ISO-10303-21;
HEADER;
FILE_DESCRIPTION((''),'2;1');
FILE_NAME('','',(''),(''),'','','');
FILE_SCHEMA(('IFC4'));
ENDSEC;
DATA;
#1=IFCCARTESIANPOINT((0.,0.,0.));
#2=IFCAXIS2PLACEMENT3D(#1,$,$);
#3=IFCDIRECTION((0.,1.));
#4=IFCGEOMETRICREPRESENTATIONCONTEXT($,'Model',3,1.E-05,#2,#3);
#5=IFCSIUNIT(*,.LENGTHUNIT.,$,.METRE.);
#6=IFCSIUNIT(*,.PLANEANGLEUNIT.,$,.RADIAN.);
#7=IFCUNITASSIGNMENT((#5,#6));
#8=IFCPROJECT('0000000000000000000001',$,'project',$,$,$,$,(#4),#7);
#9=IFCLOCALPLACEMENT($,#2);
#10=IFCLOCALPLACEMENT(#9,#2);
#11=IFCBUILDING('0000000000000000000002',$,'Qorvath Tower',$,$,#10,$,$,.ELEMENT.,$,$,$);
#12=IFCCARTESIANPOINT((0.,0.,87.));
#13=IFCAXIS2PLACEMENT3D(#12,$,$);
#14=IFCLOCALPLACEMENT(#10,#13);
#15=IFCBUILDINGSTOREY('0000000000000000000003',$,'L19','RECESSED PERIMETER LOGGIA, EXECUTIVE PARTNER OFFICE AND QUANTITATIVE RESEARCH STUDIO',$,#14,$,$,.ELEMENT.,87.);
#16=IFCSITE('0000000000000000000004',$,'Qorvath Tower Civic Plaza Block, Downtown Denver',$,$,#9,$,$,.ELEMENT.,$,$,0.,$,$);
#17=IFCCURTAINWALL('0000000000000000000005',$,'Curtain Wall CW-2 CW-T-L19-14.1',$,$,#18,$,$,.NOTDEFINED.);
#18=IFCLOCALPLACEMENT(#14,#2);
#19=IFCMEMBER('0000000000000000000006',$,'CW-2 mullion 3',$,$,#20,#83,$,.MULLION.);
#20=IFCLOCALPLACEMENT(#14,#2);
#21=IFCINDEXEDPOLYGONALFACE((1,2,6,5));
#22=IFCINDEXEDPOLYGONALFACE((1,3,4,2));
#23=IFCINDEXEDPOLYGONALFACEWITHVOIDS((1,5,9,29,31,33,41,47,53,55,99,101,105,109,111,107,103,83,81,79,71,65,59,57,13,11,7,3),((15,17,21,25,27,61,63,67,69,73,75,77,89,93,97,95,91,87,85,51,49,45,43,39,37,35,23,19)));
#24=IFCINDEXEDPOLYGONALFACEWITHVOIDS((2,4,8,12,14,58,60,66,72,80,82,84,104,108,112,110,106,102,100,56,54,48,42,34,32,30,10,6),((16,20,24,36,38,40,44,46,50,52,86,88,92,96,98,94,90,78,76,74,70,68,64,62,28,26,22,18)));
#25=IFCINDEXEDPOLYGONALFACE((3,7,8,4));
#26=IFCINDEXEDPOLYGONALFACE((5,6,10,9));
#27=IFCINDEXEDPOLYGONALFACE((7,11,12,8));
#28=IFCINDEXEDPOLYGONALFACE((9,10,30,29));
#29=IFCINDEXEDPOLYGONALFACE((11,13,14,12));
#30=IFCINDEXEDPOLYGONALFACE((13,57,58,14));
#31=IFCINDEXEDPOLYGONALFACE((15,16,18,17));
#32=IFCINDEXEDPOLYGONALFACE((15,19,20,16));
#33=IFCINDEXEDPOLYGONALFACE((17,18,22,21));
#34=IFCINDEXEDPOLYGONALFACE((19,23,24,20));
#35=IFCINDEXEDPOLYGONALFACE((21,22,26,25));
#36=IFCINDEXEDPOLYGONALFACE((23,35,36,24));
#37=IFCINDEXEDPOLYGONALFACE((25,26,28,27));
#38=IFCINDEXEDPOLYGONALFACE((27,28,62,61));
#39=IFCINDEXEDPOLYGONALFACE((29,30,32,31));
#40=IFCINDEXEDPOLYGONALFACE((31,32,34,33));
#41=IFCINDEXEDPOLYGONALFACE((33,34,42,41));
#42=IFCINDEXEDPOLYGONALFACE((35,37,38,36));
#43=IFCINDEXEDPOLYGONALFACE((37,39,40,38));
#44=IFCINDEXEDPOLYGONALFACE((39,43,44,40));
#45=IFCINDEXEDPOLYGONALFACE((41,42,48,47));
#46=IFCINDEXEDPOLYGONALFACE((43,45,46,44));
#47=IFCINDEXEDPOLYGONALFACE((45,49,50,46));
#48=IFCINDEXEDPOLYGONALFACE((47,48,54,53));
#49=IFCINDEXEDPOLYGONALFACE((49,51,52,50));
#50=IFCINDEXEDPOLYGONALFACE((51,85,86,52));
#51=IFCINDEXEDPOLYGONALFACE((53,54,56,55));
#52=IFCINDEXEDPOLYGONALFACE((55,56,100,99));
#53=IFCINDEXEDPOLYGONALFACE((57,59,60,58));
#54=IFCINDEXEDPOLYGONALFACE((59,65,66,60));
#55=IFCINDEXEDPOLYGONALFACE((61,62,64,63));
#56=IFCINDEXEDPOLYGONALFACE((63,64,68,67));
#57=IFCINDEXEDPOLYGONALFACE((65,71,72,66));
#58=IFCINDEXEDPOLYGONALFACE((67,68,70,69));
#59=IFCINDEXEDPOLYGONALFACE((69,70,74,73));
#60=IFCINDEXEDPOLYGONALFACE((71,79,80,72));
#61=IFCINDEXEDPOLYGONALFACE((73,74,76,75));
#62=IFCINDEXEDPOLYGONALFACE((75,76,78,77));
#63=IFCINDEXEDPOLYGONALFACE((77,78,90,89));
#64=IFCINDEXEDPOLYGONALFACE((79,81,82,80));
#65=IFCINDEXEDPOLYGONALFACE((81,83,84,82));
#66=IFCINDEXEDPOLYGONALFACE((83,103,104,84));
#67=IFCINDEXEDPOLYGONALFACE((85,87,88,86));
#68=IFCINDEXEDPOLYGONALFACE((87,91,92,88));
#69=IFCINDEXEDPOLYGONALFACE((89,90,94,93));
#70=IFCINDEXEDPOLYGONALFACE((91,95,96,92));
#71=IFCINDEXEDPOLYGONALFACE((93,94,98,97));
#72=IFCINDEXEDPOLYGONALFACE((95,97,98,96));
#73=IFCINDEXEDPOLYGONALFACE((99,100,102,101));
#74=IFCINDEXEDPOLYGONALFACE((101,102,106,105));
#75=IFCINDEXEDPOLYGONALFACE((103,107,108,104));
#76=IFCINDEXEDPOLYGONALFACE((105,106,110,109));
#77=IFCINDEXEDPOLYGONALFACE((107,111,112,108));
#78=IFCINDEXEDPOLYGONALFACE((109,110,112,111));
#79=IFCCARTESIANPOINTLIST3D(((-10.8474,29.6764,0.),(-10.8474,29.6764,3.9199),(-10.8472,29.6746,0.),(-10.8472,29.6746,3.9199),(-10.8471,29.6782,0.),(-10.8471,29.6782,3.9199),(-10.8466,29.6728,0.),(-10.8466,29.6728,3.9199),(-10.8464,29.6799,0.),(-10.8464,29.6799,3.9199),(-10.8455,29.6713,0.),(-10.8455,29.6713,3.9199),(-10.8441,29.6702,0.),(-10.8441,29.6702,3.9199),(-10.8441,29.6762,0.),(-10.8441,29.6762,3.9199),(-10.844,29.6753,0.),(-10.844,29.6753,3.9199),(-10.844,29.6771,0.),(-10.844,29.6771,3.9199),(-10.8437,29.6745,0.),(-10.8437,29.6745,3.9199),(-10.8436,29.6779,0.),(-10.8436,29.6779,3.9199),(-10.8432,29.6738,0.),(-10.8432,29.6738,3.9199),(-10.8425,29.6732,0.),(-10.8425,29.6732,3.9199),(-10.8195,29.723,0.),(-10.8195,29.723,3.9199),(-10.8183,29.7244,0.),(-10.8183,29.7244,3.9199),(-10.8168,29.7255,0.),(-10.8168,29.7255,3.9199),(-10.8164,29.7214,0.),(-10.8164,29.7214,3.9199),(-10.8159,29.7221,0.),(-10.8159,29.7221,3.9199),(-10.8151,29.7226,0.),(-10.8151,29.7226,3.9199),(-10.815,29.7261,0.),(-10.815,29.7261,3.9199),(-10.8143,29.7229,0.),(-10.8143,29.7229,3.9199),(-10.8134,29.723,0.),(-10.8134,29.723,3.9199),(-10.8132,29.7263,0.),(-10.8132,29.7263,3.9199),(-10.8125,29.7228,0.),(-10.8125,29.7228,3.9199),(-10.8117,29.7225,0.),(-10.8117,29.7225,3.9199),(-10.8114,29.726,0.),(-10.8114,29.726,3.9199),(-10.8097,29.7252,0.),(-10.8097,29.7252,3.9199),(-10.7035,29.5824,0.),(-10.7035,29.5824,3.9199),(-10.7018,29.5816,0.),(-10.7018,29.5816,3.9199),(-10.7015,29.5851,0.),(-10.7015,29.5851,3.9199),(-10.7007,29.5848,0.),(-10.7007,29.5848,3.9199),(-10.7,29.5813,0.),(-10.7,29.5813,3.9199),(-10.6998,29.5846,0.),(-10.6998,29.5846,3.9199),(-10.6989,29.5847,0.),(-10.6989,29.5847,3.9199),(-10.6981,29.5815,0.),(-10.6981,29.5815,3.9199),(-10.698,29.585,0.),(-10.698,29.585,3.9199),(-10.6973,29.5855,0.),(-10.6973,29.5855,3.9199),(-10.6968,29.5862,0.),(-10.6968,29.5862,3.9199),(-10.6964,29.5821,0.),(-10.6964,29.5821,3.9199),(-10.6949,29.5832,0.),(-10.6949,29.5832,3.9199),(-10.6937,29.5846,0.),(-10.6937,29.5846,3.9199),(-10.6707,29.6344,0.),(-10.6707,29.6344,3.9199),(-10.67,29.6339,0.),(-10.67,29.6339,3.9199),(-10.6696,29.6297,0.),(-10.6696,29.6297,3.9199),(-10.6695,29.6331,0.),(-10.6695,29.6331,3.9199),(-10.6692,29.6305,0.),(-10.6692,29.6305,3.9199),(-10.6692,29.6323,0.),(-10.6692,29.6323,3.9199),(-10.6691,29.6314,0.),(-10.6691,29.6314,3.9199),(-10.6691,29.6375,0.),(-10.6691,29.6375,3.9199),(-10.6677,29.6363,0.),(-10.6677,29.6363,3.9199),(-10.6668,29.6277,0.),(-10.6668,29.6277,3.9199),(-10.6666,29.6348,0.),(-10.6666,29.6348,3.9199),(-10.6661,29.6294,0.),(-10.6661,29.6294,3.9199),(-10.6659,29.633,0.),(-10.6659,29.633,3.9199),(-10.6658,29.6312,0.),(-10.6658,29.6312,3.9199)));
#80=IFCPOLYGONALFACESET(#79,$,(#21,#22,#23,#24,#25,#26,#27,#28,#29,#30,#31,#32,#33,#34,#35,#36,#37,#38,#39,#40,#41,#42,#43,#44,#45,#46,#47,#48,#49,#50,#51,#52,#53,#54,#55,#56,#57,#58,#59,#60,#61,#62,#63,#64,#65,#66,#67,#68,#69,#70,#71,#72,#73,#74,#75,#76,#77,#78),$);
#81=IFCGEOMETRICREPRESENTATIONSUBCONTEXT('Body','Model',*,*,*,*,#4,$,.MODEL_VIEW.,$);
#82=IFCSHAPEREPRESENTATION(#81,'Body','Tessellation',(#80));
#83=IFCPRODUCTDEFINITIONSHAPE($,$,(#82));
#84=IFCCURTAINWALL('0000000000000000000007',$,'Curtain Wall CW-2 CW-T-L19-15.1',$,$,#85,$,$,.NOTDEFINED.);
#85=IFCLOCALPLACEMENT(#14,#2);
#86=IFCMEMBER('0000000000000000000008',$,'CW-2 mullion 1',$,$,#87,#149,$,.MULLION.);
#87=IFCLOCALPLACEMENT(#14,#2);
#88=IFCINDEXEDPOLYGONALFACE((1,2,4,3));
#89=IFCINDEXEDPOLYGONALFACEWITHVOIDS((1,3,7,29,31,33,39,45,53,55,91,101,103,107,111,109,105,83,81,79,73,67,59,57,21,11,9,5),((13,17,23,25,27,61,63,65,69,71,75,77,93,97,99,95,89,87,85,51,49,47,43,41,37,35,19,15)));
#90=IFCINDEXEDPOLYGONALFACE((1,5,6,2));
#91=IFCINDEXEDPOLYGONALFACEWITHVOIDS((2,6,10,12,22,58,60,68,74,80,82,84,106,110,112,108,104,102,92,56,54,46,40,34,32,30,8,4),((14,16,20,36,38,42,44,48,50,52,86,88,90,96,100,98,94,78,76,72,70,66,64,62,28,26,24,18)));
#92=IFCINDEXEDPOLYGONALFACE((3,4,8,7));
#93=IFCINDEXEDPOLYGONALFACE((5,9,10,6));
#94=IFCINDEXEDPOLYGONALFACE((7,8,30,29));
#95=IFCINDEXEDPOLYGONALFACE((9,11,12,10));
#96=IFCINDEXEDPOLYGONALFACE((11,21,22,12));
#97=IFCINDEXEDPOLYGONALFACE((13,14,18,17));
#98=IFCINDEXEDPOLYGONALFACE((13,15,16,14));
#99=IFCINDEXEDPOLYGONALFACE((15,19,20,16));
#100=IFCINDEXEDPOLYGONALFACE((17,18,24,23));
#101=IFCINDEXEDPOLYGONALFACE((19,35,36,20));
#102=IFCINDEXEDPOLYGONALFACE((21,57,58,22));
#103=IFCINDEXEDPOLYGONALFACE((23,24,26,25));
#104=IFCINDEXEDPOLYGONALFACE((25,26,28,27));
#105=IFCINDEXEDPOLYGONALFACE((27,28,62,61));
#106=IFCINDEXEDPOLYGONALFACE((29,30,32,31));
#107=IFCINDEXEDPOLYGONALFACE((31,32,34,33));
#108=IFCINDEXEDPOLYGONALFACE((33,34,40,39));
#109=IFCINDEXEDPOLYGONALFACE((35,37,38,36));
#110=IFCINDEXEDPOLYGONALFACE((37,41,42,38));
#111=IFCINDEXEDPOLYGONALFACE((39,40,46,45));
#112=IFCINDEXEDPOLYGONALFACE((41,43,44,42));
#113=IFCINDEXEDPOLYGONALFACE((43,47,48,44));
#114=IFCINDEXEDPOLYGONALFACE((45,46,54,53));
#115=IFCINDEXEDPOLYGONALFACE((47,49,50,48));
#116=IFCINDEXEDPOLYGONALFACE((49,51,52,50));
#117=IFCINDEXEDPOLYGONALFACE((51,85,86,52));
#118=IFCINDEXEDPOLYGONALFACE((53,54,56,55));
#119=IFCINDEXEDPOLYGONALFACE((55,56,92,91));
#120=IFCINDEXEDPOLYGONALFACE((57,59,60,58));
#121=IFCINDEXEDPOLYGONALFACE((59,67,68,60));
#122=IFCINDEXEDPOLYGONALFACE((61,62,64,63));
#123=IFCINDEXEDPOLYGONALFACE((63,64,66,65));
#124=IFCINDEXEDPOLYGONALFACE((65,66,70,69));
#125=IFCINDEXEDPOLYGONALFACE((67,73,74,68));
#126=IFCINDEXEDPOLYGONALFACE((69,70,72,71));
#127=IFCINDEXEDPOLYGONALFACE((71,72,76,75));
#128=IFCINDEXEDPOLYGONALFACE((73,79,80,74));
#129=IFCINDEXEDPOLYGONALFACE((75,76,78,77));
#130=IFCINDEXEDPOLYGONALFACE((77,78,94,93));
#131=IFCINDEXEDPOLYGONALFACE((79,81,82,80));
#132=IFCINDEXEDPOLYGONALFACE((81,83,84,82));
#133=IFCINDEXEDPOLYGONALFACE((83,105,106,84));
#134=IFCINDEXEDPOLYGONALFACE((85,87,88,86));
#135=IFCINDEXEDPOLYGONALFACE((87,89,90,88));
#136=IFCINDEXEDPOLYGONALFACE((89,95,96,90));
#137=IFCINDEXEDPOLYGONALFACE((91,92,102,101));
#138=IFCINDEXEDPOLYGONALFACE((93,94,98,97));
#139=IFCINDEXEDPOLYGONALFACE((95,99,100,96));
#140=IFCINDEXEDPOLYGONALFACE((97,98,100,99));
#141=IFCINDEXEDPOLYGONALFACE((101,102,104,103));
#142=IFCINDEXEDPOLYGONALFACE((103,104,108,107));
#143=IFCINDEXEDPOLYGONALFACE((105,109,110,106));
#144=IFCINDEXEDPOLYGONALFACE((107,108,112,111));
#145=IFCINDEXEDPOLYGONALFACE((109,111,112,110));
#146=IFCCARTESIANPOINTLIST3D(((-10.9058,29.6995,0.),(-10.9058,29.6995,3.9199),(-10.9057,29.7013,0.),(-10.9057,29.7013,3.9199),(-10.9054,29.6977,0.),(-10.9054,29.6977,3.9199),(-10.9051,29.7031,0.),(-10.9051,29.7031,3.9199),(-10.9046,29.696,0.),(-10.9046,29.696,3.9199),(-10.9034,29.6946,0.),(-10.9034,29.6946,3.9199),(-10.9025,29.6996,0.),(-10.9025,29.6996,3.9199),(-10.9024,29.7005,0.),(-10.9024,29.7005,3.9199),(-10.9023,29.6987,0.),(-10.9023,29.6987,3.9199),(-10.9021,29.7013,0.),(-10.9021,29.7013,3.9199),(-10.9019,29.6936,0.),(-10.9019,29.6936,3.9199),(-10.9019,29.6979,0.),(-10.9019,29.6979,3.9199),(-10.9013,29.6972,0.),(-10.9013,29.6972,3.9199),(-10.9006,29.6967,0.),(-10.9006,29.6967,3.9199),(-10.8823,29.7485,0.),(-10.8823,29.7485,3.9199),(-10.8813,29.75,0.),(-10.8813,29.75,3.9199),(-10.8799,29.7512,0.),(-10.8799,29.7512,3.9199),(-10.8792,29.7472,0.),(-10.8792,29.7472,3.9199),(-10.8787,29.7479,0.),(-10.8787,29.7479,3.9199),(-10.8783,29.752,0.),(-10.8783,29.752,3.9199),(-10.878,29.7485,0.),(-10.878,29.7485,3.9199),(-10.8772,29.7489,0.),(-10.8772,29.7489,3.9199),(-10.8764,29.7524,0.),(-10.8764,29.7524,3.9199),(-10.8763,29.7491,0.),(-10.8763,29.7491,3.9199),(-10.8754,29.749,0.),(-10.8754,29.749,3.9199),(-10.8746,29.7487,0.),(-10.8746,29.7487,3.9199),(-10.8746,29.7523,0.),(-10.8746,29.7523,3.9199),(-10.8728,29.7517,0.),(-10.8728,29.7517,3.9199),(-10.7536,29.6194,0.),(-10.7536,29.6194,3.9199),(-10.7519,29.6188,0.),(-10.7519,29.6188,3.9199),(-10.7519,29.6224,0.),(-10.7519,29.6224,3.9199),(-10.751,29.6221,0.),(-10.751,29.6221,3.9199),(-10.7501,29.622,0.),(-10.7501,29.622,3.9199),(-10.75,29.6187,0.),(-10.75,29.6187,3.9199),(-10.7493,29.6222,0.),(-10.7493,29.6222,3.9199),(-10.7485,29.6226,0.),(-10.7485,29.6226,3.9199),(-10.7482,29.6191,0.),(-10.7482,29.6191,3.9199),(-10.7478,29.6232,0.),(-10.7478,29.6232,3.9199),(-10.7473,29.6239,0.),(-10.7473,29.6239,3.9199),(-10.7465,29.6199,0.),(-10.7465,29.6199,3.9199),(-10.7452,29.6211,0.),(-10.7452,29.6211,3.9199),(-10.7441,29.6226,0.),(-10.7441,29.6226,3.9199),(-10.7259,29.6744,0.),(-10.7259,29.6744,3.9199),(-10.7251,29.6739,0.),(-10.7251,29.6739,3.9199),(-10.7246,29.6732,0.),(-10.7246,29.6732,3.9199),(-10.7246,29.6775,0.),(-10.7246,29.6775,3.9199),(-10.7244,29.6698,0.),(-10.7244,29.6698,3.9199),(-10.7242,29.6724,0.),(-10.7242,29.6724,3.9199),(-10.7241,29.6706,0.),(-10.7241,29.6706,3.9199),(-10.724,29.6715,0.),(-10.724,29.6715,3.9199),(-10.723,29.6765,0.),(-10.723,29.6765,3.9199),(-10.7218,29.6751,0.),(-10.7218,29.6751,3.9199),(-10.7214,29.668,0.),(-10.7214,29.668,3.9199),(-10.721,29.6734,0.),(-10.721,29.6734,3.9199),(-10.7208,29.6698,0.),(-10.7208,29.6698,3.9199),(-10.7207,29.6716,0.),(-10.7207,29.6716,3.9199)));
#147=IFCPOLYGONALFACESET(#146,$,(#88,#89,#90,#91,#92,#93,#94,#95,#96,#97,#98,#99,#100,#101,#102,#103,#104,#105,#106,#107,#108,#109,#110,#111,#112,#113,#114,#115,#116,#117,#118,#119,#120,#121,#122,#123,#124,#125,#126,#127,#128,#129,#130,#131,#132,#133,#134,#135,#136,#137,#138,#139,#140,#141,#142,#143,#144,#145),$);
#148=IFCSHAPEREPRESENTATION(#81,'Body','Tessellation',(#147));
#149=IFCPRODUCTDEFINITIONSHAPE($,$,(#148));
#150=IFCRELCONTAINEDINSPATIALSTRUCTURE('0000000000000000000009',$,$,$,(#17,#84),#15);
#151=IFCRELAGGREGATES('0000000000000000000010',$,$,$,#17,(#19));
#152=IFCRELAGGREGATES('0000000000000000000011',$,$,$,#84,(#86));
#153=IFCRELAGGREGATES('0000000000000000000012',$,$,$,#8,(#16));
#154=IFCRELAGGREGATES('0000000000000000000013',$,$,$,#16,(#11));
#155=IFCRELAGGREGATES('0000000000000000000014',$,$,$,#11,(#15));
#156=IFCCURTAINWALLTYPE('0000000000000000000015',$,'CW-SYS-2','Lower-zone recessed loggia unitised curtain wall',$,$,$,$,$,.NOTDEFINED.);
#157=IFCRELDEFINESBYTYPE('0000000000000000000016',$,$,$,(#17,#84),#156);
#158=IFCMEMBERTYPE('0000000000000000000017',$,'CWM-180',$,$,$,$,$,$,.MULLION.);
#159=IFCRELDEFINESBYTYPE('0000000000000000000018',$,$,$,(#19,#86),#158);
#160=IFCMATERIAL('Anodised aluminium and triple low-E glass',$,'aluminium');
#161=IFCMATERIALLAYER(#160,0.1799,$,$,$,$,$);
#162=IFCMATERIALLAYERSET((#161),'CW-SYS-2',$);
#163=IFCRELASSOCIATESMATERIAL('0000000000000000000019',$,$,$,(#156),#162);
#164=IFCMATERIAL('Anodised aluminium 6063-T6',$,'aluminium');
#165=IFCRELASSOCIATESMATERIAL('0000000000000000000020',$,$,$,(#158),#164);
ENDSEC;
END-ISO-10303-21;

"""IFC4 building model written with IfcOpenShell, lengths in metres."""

from ifc_helpers import new_model, si_unit, direction, frame, origin, origin_2d, place, context, subcontext, project, spatial, hollow_rectangle, extrude, material, layer, layer_set, material_profile, profile_set, type_object, element, aggregate, save


model = new_model("IFC4")

# Units and contexts
model_context = context("Model", 3, precision=1e-05, world=origin(), true_north=direction((0.0, 1.0)))
body_context = subcontext(model_context, "Body", "Model", "MODEL_VIEW")
ifc_project = project(units=[si_unit("LENGTHUNIT", "METRE"), si_unit("PLANEANGLEUNIT", "RADIAN")], contexts=[model_context])

# Site, building, storey
site_placement = place(None, origin())
site = spatial("IfcSite", under=ifc_project, at=site_placement, Name="Qorvath Tower Civic Plaza Block, Downtown Denver", CompositionType="ELEMENT", RefElevation=0.0)
building_placement = place(site_placement, origin())
building = spatial("IfcBuilding", under=site, at=building_placement, Name="Qorvath Tower", CompositionType="ELEMENT")
storey_placement = place(building_placement, frame((0.0, 0.0, 87.0)))
storey = spatial("IfcBuildingStorey", under=building, at=storey_placement, Name="L19", Description="RECESSED PERIMETER LOGGIA, EXECUTIVE PARTNER OFFICE AND QUANTITATIVE RESEARCH STUDIO", CompositionType="ELEMENT", Elevation=87.0)

# Shared definitions
ifc_material_1 = material(Name="Anodised aluminium and triple low-E glass", Category="aluminium")
ifc_layer_1 = layer(ifc_material_1, 0.1799)
ifc_layer_set_1 = layer_set([ifc_layer_1], Name="CW-SYS-2")
curtain_wall_type = type_object("IfcCurtainWallType", Name="CW-SYS-2", Description="Lower-zone recessed loggia unitised curtain wall", PredefinedType="NOTDEFINED", material=ifc_layer_set_1)
ifc_material_2 = material(Name="Anodised aluminium 6063-T6", Category="aluminium")
ifc_material_profile_1 = material_profile(ifc_material_2, hollow_rectangle(XDim=0.0649, YDim=0.1799, WallThickness=0.0034, InnerFilletRadius=0.0034, OuterFilletRadius=0.0071, at=origin_2d()), Name="CWM 180x65")
ifc_profile_set_1 = profile_set([ifc_material_profile_1], Name="Anodised aluminium 6063-T6")
member_type_1 = type_object("IfcMemberType", Name="CWM-180", PredefinedType="MULLION", material=ifc_profile_set_1)

# Curtain walls, members
curtain_wall_1_placement = place(storey_placement, origin())
curtain_wall_1 = element("IfcCurtainWall", 1, at=curtain_wall_1_placement, inside=storey, type_object=curtain_wall_type, Name="Curtain Wall CW-2 CW-T-L19-14.1", PredefinedType="NOTDEFINED")
member_1_placement = place(storey_placement, frame((-10.7566, 29.6538, 0.0), z_axis=(0.0, 0.0, 1.0), x_axis=(-0.529625, -0.848232, 0.0)))
member_1 = element("IfcMember", 2, at=member_1_placement, type_object=member_type_1, Name="CW-2 mullion 3", PredefinedType="MULLION", context=body_context, shape_type="SweptSolid", body=[
    extrude(hollow_rectangle(XDim=0.0649, YDim=0.1799, WallThickness=0.0034, InnerFilletRadius=0.0034, OuterFilletRadius=0.0071, at=origin_2d()), origin(), (0.0, 0.0, 1.0), 3.9199),
])
curtain_wall_2_placement = place(storey_placement, origin())
curtain_wall_2 = element("IfcCurtainWall", 3, at=curtain_wall_2_placement, inside=storey, type_object=curtain_wall_type, Name="Curtain Wall CW-2 CW-T-L19-15.1", PredefinedType="NOTDEFINED")
member_2_placement = place(storey_placement, frame((-10.8132, 29.6855, 0.0), z_axis=(0.0, 0.0, 1.0), x_axis=(-0.44719, -0.894439, 0.0)))
member_2 = element("IfcMember", 4, at=member_2_placement, type_object=member_type_1, Name="CW-2 mullion 1", PredefinedType="MULLION", context=body_context, shape_type="SweptSolid", body=[
    extrude(hollow_rectangle(XDim=0.0649, YDim=0.1799, WallThickness=0.0034, InnerFilletRadius=0.0034, OuterFilletRadius=0.0071, at=origin_2d()), origin(), (0.0, 0.0, 1.0), 3.9199),
])

aggregate(curtain_wall_1, [member_1])
aggregate(curtain_wall_2, [member_2])

save(model, "model.ifc")
